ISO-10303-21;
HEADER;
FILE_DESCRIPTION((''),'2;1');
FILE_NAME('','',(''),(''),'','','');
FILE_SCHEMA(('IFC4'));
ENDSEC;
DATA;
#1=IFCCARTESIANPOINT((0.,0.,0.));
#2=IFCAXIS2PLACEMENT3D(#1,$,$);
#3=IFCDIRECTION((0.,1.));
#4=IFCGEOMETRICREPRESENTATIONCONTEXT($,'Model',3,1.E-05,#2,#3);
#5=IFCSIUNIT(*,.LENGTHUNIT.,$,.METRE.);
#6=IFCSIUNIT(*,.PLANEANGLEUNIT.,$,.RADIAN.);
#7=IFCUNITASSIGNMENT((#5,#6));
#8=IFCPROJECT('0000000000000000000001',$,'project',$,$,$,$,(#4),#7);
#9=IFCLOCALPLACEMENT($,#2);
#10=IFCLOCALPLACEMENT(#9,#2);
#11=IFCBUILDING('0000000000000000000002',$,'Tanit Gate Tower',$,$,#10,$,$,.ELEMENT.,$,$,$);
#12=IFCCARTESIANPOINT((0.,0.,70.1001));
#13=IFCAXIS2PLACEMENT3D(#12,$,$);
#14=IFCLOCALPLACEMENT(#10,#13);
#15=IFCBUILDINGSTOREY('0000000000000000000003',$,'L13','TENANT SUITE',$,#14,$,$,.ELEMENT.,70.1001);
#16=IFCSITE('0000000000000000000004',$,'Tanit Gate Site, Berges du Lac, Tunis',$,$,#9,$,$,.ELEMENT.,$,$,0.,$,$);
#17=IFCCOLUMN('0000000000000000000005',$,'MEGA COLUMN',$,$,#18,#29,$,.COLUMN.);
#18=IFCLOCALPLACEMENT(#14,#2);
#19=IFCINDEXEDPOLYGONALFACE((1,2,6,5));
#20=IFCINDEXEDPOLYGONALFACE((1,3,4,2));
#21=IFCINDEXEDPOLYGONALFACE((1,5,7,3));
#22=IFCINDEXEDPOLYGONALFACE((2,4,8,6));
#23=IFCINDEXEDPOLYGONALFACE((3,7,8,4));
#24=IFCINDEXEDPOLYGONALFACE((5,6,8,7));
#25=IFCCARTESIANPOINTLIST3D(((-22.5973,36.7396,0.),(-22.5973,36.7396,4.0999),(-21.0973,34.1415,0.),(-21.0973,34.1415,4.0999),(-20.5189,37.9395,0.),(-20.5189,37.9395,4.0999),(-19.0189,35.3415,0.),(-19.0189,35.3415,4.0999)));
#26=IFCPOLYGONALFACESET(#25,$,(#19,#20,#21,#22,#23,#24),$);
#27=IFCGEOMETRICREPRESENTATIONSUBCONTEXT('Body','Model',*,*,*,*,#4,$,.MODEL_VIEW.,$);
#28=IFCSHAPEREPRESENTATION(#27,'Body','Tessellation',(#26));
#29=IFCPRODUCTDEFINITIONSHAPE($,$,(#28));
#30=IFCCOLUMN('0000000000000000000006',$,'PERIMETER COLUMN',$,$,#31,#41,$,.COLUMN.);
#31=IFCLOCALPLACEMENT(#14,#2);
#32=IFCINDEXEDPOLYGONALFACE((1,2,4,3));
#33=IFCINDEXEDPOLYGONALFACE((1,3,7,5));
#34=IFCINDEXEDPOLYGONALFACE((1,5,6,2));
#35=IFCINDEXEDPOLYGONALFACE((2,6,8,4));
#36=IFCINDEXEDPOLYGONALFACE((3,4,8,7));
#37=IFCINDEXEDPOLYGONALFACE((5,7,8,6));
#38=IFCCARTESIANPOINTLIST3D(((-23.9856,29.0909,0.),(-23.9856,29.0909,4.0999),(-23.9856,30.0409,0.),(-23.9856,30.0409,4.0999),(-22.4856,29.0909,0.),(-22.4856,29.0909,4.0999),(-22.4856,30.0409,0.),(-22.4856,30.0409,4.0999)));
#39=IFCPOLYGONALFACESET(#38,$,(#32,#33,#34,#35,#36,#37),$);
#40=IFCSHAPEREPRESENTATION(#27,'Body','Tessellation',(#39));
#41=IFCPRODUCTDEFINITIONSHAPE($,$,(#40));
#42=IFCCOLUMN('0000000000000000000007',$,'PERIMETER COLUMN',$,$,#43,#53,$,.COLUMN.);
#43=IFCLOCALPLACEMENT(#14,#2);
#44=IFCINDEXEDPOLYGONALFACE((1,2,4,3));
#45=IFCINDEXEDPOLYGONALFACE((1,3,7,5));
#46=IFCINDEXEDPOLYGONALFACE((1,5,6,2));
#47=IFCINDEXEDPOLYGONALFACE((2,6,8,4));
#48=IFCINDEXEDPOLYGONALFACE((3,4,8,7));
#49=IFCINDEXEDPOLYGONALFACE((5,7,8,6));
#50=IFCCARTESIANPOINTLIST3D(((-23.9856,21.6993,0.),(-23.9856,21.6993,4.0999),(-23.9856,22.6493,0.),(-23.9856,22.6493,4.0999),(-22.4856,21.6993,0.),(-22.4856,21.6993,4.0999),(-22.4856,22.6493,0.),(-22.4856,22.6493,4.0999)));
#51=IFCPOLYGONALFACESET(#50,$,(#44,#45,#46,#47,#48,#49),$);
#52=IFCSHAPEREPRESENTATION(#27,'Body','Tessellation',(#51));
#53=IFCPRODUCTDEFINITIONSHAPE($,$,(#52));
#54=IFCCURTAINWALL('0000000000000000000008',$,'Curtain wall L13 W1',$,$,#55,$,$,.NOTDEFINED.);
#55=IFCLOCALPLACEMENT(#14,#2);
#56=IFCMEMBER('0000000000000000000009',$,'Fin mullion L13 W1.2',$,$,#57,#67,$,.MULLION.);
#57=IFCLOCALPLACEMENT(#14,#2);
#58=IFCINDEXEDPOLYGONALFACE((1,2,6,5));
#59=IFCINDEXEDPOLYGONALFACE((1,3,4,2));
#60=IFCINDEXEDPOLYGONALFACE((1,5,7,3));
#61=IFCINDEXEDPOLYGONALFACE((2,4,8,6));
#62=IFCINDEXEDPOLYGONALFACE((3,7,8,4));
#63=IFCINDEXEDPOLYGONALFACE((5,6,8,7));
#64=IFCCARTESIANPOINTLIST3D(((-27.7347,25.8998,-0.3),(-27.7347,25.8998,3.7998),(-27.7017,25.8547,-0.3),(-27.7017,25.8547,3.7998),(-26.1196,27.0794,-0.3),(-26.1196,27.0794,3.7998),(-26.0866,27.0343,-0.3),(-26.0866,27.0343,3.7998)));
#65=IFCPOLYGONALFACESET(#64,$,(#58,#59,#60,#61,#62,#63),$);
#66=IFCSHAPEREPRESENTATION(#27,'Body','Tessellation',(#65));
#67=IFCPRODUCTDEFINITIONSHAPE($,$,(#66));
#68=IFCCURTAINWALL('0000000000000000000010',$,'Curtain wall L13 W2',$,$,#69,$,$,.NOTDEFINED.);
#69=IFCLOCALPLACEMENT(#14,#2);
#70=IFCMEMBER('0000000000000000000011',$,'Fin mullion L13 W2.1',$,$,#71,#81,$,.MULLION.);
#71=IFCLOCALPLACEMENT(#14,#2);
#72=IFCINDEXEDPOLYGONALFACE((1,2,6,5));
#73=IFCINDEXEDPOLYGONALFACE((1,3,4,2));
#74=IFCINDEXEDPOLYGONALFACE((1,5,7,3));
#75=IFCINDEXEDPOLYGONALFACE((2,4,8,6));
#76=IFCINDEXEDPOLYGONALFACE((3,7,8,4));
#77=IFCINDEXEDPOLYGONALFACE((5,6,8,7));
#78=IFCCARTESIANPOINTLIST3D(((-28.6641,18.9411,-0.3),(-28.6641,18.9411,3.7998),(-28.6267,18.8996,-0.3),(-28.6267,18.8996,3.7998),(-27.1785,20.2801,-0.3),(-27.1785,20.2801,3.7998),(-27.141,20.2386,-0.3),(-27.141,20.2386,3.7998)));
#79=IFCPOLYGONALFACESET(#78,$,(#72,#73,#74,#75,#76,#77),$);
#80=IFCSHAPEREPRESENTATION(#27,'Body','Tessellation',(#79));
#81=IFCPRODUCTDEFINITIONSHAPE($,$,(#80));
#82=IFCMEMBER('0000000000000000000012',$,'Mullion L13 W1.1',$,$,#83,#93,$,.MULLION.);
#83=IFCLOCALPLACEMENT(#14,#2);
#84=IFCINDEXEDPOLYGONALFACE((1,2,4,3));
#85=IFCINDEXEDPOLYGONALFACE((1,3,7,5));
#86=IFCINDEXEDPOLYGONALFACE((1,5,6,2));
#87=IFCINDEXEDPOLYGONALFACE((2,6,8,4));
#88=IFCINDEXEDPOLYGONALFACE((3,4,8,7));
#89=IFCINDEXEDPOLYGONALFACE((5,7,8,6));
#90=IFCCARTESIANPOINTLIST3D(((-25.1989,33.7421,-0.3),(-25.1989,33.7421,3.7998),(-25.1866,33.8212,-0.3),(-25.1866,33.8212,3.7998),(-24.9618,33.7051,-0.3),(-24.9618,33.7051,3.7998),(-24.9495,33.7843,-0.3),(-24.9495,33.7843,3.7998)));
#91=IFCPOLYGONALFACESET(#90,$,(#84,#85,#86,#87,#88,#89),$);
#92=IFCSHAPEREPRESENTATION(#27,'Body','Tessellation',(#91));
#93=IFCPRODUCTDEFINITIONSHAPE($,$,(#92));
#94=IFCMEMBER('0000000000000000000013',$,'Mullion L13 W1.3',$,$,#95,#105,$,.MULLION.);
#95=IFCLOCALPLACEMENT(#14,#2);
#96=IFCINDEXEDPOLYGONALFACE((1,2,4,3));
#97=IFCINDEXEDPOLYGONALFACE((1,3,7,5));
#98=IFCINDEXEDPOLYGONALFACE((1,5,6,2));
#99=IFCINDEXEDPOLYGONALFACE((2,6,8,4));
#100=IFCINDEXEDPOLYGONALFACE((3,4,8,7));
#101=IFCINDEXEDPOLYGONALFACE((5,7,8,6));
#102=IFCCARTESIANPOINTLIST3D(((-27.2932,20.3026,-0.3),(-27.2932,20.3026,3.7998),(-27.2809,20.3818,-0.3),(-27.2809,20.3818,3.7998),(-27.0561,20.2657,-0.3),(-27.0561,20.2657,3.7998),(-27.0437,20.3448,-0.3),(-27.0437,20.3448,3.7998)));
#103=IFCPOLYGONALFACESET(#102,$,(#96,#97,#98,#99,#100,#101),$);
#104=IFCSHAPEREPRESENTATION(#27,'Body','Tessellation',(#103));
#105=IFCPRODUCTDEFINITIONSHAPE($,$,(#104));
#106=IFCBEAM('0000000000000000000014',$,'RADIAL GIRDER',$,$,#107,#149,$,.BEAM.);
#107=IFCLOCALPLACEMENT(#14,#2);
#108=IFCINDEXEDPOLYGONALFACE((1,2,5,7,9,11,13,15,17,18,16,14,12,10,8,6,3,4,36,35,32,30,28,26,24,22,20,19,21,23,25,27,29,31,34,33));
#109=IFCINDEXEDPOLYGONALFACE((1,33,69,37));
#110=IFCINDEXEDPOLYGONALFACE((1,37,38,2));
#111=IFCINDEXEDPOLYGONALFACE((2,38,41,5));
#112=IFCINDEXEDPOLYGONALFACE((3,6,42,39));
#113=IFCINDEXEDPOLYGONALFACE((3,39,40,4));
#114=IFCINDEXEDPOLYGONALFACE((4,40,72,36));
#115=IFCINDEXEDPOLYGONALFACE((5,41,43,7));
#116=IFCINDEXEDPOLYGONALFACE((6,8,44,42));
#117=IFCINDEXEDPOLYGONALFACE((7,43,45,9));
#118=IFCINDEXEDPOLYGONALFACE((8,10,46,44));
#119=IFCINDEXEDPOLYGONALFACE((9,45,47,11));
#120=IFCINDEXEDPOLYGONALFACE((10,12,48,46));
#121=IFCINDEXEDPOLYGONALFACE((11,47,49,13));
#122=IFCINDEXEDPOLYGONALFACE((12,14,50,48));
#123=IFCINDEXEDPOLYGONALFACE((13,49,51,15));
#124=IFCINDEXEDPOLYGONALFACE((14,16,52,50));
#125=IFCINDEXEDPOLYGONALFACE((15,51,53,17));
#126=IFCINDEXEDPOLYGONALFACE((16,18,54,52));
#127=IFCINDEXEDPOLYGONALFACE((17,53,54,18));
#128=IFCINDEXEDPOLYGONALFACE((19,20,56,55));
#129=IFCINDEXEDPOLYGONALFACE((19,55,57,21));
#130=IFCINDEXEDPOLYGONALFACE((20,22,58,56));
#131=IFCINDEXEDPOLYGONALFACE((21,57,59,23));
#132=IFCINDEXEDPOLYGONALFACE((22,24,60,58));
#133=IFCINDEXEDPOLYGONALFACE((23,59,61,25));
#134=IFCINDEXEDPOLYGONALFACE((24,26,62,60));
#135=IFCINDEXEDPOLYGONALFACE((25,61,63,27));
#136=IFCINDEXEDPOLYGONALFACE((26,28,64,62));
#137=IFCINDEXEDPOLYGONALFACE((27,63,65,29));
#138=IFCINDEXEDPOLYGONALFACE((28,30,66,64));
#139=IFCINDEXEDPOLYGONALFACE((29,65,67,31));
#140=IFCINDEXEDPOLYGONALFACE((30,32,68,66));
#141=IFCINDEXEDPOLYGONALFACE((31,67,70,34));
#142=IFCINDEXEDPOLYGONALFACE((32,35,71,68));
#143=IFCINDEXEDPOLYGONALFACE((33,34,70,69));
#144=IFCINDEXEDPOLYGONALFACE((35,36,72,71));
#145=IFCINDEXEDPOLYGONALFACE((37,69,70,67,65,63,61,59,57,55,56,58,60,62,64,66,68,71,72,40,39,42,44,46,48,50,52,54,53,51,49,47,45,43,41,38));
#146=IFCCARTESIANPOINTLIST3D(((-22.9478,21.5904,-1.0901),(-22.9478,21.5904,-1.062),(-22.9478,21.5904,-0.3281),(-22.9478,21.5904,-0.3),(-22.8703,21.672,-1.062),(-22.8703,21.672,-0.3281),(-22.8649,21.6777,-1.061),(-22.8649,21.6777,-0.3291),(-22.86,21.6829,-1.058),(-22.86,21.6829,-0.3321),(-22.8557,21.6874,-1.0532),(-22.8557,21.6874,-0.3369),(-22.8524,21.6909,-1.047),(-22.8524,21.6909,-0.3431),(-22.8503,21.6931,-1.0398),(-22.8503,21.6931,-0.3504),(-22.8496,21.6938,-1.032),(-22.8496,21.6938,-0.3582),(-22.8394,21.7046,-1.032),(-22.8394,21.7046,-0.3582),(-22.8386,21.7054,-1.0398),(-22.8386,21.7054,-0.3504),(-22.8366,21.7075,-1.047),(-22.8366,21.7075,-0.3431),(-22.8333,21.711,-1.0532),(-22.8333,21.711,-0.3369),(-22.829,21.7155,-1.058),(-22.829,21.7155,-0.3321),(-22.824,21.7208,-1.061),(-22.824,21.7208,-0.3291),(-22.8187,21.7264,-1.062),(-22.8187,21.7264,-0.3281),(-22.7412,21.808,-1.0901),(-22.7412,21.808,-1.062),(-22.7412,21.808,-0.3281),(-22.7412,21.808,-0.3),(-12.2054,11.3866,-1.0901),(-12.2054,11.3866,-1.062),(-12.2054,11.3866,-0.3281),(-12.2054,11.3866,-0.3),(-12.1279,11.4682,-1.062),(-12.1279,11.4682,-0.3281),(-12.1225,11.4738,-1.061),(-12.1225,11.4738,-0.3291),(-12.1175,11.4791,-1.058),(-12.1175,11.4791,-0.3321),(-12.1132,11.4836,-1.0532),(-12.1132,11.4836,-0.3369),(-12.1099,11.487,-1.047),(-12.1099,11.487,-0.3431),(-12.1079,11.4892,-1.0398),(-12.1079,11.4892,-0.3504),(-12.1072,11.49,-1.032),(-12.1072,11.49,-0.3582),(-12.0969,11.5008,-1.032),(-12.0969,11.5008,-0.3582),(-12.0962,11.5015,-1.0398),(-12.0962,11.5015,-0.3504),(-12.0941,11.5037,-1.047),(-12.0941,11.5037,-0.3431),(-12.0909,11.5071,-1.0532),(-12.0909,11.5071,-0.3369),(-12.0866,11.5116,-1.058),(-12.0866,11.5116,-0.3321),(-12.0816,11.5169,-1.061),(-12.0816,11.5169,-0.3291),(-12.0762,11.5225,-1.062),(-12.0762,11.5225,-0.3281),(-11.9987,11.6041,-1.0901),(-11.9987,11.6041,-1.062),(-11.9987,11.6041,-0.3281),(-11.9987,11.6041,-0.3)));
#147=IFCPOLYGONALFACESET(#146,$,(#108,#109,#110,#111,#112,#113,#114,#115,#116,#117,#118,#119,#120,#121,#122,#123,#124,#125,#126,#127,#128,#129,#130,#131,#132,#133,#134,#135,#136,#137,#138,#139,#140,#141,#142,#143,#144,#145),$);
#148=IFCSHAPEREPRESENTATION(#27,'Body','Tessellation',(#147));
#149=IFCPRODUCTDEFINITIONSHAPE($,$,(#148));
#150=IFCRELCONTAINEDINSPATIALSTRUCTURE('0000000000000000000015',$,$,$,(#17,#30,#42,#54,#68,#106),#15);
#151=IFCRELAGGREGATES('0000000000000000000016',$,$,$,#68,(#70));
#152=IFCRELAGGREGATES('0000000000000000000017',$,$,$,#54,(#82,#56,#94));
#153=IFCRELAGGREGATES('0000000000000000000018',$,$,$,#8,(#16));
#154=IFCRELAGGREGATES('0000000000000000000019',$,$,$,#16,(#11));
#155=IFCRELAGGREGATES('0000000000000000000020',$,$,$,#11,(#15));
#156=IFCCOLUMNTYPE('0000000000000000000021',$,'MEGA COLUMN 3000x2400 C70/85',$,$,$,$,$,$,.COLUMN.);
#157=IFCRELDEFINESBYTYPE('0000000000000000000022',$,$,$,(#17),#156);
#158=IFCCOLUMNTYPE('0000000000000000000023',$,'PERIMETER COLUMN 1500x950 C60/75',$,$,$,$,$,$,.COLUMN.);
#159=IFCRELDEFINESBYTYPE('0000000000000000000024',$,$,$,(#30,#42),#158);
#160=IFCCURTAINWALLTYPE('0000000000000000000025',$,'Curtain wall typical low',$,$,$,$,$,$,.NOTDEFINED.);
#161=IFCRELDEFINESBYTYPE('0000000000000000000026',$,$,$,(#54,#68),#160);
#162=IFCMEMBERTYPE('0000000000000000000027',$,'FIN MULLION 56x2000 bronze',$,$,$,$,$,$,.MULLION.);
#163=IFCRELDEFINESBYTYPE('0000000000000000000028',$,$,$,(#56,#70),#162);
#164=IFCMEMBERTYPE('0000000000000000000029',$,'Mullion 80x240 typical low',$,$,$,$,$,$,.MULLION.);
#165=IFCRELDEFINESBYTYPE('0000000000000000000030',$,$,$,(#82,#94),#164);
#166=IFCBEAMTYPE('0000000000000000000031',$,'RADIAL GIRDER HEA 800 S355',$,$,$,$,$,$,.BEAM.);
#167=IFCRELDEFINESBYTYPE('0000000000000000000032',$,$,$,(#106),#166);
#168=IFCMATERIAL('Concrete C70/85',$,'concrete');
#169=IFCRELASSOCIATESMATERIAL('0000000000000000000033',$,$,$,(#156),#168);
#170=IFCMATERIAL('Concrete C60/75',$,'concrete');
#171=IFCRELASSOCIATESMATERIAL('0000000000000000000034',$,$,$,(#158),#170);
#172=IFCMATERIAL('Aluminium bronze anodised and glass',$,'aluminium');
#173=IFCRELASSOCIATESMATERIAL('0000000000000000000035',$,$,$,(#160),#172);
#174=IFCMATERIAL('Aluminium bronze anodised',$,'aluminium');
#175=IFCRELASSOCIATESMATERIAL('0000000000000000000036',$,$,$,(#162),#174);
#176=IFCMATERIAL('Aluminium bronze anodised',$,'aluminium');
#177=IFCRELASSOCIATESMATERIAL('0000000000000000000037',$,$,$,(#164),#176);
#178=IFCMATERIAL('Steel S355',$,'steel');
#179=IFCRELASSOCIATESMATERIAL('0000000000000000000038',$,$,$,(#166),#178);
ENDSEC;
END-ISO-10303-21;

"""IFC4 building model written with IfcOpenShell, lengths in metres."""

from ifc_helpers import new_model, si_unit, direction, frame, origin, origin_2d, place, context, subcontext, project, spatial, rectangle, i_section, extrude, material, material_profile, profile_set, type_object, element, aggregate, save


model = new_model("IFC4")

# Units and contexts
model_context = context("Model", 3, precision=1e-05, world=origin(), true_north=direction((0.0, 1.0)))
body_context = subcontext(model_context, "Body", "Model", "MODEL_VIEW")
ifc_project = project(units=[si_unit("LENGTHUNIT", "METRE"), si_unit("PLANEANGLEUNIT", "RADIAN")], contexts=[model_context])

# Site, building, storey
site_placement = place(None, origin())
site = spatial("IfcSite", under=ifc_project, at=site_placement, Name="Tanit Gate Site, Berges du Lac, Tunis", CompositionType="ELEMENT", RefElevation=0.0)
building_placement = place(site_placement, origin())
building = spatial("IfcBuilding", under=site, at=building_placement, Name="Tanit Gate Tower", CompositionType="ELEMENT")
storey_placement = place(building_placement, frame((0.0, 0.0, 70.1001)))
storey = spatial("IfcBuildingStorey", under=building, at=storey_placement, Name="L13", Description="TENANT SUITE", CompositionType="ELEMENT", Elevation=70.1001)

# Columns
ifc_material_1 = material(Name="Concrete C70/85", Category="concrete")
ifc_material_profile_1 = material_profile(ifc_material_1, rectangle(XDim=3.0, YDim=2.3999, at=origin_2d()), Name="RC 3000x2400")
ifc_profile_set_1 = profile_set([ifc_material_profile_1], Name="Concrete C70/85")
column_type_1 = type_object("IfcColumnType", Name="MEGA COLUMN 3000x2400 C70/85", PredefinedType="COLUMN", material=ifc_profile_set_1)
column_placement = place(storey_placement, frame((-20.8081, 36.0405, 0.0), z_axis=(0.0, 0.0, 1.0), x_axis=(-0.5, 0.866025, 0.0)))
element("IfcColumn", 1, at=column_placement, inside=storey, type_object=column_type_1, Name="MEGA COLUMN", PredefinedType="COLUMN", context=body_context, shape_type="SweptSolid", body=[
    extrude(rectangle(XDim=3.0, YDim=2.3999, at=origin_2d()), origin(), (0.0, 0.0, 1.0), 4.0999),
])
ifc_material_2 = material(Name="Concrete C60/75", Category="concrete")
ifc_material_profile_2 = material_profile(ifc_material_2, rectangle(XDim=1.5, YDim=0.95, at=origin_2d()), Name="RC 1500x950")
ifc_profile_set_2 = profile_set([ifc_material_profile_2], Name="Concrete C60/75")
column_type_2 = type_object("IfcColumnType", Name="PERIMETER COLUMN 1500x950 C60/75", PredefinedType="COLUMN", material=ifc_profile_set_2)
for number, where, z_axis, x_axis, name in (
    (2, (-23.2356, 29.5659, 0.0), (0.0, 0.0, 1.0), (-1.0, 0.0, 0.0), "PERIMETER COLUMN"),
    (3, (-23.2356, 22.1743, 0.0), (0.0, 0.0, 1.0), (-1.0, 0.0, 0.0), "PERIMETER COLUMN"),
):
    element("IfcColumn", number, at=place(storey_placement, frame(where, z_axis=z_axis, x_axis=x_axis)), inside=storey, type_object=column_type_2, Name=name, PredefinedType="COLUMN", context=body_context, shape_type="SweptSolid", body=[
        extrude(rectangle(XDim=1.5, YDim=0.95, at=origin_2d()), origin(), (0.0, 0.0, 1.0), 4.0999),
    ])

# Curtain walls, members
ifc_material_3 = material(Name="Aluminium bronze anodised and glass", Category="aluminium")
curtain_wall_type = type_object("IfcCurtainWallType", Name="Curtain wall typical low", PredefinedType="NOTDEFINED", material=ifc_material_3)
curtain_wall_1_placement = place(storey_placement, origin())
curtain_wall_1 = element("IfcCurtainWall", 4, at=curtain_wall_1_placement, inside=storey, type_object=curtain_wall_type, Name="Curtain wall L13 W1", PredefinedType="NOTDEFINED")
ifc_material_4 = material(Name="Aluminium bronze anodised", Category="aluminium")
ifc_material_profile_3 = material_profile(ifc_material_4, rectangle(XDim=2.0, YDim=0.0559, at=origin_2d()), Name="56x2000 bronze fin mullion")
ifc_profile_set_3 = profile_set([ifc_material_profile_3], Name="Aluminium bronze anodised")
member_type_1 = type_object("IfcMemberType", Name="FIN MULLION 56x2000 bronze", PredefinedType="MULLION", material=ifc_profile_set_3)
member_1_placement = place(storey_placement, frame((-26.9106, 26.467, -0.3), z_axis=(0.0, 0.0, 1.0), x_axis=(0.807544, 0.589808, 0.0)))
member_1 = element("IfcMember", 5, at=member_1_placement, type_object=member_type_1, Name="Fin mullion L13 W1.2", PredefinedType="MULLION", context=body_context, shape_type="SweptSolid", body=[
    extrude(rectangle(XDim=2.0, YDim=0.0559, at=origin_2d()), origin(), (0.0, 0.0, 1.0), 4.0999),
])
curtain_wall_2_placement = place(storey_placement, origin())
curtain_wall_2 = element("IfcCurtainWall", 6, at=curtain_wall_2_placement, inside=storey, type_object=curtain_wall_type, Name="Curtain wall L13 W2", PredefinedType="NOTDEFINED")
member_2_placement = place(storey_placement, frame((-27.9026, 19.5898, -0.3), z_axis=(0.0, 0.0, 1.0), x_axis=(0.742829, 0.669481, 0.0)))
member_2 = element("IfcMember", 7, at=member_2_placement, type_object=member_type_1, Name="Fin mullion L13 W2.1", PredefinedType="MULLION", context=body_context, shape_type="SweptSolid", body=[
    extrude(rectangle(XDim=2.0, YDim=0.0559, at=origin_2d()), origin(), (0.0, 0.0, 1.0), 4.0999),
])

# Members
ifc_material_5 = material(Name="Aluminium bronze anodised", Category="aluminium")
ifc_material_profile_4 = material_profile(ifc_material_5, rectangle(XDim=0.24, YDim=0.0801, at=origin_2d()), Name="80x240 bronze mullion")
ifc_profile_set_4 = profile_set([ifc_material_profile_4], Name="Aluminium bronze anodised")
member_type_2 = type_object("IfcMemberType", Name="Mullion 80x240 typical low", PredefinedType="MULLION", material=ifc_profile_set_4)
member_3_placement = place(storey_placement, frame((-25.0742, 33.7632, -0.3), z_axis=(0.0, 0.0, 1.0), x_axis=(0.988077, -0.153962, 0.0)))
member_3 = element("IfcMember", 8, at=member_3_placement, type_object=member_type_2, Name="Mullion L13 W1.1", PredefinedType="MULLION", context=body_context, shape_type="SweptSolid", body=[
    extrude(rectangle(XDim=0.24, YDim=0.0801, at=origin_2d()), origin(), (0.0, 0.0, 1.0), 4.0999),
])
member_4_placement = place(storey_placement, frame((-27.1685, 20.3237, -0.3), z_axis=(0.0, 0.0, 1.0), x_axis=(0.988077, -0.153962, 0.0)))
member_4 = element("IfcMember", 9, at=member_4_placement, type_object=member_type_2, Name="Mullion L13 W1.3", PredefinedType="MULLION", context=body_context, shape_type="SweptSolid", body=[
    extrude(rectangle(XDim=0.24, YDim=0.0801, at=origin_2d()), origin(), (0.0, 0.0, 1.0), 4.0999),
])

# Beam
ifc_material_6 = material(Name="Steel S355", Category="steel")
ifc_material_profile_5 = material_profile(ifc_material_6, i_section(OverallWidth=0.3, OverallDepth=0.79, WebThickness=0.0149, FlangeThickness=0.0281, FilletRadius=0.03, at=origin_2d()), Name="HEA 800")
ifc_profile_set_5 = profile_set([ifc_material_profile_5], Name="Steel S355")
beam_type_1 = type_object("IfcBeamType", Name="RADIAL GIRDER HEA 800 S355", PredefinedType="BEAM", material=ifc_profile_set_5)
beam_1_placement = place(storey_placement, frame((-22.8445, 21.6992, -0.6951), z_axis=(0.725048, -0.688698, 0.0), x_axis=(0.688698, 0.725048, 0.0)))
element("IfcBeam", 10, at=beam_1_placement, inside=storey, type_object=beam_type_1, Name="RADIAL GIRDER", PredefinedType="BEAM", context=body_context, shape_type="SweptSolid", body=[
    extrude(i_section(OverallWidth=0.3, OverallDepth=0.79, WebThickness=0.0149, FlangeThickness=0.0281, FilletRadius=0.03, at=origin_2d()), origin(), (0.0, 0.0, 1.0), 14.8162),
])

aggregate(curtain_wall_2, [member_2])

aggregate(curtain_wall_1, [member_3, member_1, member_4])

save(model, "model.ifc")
